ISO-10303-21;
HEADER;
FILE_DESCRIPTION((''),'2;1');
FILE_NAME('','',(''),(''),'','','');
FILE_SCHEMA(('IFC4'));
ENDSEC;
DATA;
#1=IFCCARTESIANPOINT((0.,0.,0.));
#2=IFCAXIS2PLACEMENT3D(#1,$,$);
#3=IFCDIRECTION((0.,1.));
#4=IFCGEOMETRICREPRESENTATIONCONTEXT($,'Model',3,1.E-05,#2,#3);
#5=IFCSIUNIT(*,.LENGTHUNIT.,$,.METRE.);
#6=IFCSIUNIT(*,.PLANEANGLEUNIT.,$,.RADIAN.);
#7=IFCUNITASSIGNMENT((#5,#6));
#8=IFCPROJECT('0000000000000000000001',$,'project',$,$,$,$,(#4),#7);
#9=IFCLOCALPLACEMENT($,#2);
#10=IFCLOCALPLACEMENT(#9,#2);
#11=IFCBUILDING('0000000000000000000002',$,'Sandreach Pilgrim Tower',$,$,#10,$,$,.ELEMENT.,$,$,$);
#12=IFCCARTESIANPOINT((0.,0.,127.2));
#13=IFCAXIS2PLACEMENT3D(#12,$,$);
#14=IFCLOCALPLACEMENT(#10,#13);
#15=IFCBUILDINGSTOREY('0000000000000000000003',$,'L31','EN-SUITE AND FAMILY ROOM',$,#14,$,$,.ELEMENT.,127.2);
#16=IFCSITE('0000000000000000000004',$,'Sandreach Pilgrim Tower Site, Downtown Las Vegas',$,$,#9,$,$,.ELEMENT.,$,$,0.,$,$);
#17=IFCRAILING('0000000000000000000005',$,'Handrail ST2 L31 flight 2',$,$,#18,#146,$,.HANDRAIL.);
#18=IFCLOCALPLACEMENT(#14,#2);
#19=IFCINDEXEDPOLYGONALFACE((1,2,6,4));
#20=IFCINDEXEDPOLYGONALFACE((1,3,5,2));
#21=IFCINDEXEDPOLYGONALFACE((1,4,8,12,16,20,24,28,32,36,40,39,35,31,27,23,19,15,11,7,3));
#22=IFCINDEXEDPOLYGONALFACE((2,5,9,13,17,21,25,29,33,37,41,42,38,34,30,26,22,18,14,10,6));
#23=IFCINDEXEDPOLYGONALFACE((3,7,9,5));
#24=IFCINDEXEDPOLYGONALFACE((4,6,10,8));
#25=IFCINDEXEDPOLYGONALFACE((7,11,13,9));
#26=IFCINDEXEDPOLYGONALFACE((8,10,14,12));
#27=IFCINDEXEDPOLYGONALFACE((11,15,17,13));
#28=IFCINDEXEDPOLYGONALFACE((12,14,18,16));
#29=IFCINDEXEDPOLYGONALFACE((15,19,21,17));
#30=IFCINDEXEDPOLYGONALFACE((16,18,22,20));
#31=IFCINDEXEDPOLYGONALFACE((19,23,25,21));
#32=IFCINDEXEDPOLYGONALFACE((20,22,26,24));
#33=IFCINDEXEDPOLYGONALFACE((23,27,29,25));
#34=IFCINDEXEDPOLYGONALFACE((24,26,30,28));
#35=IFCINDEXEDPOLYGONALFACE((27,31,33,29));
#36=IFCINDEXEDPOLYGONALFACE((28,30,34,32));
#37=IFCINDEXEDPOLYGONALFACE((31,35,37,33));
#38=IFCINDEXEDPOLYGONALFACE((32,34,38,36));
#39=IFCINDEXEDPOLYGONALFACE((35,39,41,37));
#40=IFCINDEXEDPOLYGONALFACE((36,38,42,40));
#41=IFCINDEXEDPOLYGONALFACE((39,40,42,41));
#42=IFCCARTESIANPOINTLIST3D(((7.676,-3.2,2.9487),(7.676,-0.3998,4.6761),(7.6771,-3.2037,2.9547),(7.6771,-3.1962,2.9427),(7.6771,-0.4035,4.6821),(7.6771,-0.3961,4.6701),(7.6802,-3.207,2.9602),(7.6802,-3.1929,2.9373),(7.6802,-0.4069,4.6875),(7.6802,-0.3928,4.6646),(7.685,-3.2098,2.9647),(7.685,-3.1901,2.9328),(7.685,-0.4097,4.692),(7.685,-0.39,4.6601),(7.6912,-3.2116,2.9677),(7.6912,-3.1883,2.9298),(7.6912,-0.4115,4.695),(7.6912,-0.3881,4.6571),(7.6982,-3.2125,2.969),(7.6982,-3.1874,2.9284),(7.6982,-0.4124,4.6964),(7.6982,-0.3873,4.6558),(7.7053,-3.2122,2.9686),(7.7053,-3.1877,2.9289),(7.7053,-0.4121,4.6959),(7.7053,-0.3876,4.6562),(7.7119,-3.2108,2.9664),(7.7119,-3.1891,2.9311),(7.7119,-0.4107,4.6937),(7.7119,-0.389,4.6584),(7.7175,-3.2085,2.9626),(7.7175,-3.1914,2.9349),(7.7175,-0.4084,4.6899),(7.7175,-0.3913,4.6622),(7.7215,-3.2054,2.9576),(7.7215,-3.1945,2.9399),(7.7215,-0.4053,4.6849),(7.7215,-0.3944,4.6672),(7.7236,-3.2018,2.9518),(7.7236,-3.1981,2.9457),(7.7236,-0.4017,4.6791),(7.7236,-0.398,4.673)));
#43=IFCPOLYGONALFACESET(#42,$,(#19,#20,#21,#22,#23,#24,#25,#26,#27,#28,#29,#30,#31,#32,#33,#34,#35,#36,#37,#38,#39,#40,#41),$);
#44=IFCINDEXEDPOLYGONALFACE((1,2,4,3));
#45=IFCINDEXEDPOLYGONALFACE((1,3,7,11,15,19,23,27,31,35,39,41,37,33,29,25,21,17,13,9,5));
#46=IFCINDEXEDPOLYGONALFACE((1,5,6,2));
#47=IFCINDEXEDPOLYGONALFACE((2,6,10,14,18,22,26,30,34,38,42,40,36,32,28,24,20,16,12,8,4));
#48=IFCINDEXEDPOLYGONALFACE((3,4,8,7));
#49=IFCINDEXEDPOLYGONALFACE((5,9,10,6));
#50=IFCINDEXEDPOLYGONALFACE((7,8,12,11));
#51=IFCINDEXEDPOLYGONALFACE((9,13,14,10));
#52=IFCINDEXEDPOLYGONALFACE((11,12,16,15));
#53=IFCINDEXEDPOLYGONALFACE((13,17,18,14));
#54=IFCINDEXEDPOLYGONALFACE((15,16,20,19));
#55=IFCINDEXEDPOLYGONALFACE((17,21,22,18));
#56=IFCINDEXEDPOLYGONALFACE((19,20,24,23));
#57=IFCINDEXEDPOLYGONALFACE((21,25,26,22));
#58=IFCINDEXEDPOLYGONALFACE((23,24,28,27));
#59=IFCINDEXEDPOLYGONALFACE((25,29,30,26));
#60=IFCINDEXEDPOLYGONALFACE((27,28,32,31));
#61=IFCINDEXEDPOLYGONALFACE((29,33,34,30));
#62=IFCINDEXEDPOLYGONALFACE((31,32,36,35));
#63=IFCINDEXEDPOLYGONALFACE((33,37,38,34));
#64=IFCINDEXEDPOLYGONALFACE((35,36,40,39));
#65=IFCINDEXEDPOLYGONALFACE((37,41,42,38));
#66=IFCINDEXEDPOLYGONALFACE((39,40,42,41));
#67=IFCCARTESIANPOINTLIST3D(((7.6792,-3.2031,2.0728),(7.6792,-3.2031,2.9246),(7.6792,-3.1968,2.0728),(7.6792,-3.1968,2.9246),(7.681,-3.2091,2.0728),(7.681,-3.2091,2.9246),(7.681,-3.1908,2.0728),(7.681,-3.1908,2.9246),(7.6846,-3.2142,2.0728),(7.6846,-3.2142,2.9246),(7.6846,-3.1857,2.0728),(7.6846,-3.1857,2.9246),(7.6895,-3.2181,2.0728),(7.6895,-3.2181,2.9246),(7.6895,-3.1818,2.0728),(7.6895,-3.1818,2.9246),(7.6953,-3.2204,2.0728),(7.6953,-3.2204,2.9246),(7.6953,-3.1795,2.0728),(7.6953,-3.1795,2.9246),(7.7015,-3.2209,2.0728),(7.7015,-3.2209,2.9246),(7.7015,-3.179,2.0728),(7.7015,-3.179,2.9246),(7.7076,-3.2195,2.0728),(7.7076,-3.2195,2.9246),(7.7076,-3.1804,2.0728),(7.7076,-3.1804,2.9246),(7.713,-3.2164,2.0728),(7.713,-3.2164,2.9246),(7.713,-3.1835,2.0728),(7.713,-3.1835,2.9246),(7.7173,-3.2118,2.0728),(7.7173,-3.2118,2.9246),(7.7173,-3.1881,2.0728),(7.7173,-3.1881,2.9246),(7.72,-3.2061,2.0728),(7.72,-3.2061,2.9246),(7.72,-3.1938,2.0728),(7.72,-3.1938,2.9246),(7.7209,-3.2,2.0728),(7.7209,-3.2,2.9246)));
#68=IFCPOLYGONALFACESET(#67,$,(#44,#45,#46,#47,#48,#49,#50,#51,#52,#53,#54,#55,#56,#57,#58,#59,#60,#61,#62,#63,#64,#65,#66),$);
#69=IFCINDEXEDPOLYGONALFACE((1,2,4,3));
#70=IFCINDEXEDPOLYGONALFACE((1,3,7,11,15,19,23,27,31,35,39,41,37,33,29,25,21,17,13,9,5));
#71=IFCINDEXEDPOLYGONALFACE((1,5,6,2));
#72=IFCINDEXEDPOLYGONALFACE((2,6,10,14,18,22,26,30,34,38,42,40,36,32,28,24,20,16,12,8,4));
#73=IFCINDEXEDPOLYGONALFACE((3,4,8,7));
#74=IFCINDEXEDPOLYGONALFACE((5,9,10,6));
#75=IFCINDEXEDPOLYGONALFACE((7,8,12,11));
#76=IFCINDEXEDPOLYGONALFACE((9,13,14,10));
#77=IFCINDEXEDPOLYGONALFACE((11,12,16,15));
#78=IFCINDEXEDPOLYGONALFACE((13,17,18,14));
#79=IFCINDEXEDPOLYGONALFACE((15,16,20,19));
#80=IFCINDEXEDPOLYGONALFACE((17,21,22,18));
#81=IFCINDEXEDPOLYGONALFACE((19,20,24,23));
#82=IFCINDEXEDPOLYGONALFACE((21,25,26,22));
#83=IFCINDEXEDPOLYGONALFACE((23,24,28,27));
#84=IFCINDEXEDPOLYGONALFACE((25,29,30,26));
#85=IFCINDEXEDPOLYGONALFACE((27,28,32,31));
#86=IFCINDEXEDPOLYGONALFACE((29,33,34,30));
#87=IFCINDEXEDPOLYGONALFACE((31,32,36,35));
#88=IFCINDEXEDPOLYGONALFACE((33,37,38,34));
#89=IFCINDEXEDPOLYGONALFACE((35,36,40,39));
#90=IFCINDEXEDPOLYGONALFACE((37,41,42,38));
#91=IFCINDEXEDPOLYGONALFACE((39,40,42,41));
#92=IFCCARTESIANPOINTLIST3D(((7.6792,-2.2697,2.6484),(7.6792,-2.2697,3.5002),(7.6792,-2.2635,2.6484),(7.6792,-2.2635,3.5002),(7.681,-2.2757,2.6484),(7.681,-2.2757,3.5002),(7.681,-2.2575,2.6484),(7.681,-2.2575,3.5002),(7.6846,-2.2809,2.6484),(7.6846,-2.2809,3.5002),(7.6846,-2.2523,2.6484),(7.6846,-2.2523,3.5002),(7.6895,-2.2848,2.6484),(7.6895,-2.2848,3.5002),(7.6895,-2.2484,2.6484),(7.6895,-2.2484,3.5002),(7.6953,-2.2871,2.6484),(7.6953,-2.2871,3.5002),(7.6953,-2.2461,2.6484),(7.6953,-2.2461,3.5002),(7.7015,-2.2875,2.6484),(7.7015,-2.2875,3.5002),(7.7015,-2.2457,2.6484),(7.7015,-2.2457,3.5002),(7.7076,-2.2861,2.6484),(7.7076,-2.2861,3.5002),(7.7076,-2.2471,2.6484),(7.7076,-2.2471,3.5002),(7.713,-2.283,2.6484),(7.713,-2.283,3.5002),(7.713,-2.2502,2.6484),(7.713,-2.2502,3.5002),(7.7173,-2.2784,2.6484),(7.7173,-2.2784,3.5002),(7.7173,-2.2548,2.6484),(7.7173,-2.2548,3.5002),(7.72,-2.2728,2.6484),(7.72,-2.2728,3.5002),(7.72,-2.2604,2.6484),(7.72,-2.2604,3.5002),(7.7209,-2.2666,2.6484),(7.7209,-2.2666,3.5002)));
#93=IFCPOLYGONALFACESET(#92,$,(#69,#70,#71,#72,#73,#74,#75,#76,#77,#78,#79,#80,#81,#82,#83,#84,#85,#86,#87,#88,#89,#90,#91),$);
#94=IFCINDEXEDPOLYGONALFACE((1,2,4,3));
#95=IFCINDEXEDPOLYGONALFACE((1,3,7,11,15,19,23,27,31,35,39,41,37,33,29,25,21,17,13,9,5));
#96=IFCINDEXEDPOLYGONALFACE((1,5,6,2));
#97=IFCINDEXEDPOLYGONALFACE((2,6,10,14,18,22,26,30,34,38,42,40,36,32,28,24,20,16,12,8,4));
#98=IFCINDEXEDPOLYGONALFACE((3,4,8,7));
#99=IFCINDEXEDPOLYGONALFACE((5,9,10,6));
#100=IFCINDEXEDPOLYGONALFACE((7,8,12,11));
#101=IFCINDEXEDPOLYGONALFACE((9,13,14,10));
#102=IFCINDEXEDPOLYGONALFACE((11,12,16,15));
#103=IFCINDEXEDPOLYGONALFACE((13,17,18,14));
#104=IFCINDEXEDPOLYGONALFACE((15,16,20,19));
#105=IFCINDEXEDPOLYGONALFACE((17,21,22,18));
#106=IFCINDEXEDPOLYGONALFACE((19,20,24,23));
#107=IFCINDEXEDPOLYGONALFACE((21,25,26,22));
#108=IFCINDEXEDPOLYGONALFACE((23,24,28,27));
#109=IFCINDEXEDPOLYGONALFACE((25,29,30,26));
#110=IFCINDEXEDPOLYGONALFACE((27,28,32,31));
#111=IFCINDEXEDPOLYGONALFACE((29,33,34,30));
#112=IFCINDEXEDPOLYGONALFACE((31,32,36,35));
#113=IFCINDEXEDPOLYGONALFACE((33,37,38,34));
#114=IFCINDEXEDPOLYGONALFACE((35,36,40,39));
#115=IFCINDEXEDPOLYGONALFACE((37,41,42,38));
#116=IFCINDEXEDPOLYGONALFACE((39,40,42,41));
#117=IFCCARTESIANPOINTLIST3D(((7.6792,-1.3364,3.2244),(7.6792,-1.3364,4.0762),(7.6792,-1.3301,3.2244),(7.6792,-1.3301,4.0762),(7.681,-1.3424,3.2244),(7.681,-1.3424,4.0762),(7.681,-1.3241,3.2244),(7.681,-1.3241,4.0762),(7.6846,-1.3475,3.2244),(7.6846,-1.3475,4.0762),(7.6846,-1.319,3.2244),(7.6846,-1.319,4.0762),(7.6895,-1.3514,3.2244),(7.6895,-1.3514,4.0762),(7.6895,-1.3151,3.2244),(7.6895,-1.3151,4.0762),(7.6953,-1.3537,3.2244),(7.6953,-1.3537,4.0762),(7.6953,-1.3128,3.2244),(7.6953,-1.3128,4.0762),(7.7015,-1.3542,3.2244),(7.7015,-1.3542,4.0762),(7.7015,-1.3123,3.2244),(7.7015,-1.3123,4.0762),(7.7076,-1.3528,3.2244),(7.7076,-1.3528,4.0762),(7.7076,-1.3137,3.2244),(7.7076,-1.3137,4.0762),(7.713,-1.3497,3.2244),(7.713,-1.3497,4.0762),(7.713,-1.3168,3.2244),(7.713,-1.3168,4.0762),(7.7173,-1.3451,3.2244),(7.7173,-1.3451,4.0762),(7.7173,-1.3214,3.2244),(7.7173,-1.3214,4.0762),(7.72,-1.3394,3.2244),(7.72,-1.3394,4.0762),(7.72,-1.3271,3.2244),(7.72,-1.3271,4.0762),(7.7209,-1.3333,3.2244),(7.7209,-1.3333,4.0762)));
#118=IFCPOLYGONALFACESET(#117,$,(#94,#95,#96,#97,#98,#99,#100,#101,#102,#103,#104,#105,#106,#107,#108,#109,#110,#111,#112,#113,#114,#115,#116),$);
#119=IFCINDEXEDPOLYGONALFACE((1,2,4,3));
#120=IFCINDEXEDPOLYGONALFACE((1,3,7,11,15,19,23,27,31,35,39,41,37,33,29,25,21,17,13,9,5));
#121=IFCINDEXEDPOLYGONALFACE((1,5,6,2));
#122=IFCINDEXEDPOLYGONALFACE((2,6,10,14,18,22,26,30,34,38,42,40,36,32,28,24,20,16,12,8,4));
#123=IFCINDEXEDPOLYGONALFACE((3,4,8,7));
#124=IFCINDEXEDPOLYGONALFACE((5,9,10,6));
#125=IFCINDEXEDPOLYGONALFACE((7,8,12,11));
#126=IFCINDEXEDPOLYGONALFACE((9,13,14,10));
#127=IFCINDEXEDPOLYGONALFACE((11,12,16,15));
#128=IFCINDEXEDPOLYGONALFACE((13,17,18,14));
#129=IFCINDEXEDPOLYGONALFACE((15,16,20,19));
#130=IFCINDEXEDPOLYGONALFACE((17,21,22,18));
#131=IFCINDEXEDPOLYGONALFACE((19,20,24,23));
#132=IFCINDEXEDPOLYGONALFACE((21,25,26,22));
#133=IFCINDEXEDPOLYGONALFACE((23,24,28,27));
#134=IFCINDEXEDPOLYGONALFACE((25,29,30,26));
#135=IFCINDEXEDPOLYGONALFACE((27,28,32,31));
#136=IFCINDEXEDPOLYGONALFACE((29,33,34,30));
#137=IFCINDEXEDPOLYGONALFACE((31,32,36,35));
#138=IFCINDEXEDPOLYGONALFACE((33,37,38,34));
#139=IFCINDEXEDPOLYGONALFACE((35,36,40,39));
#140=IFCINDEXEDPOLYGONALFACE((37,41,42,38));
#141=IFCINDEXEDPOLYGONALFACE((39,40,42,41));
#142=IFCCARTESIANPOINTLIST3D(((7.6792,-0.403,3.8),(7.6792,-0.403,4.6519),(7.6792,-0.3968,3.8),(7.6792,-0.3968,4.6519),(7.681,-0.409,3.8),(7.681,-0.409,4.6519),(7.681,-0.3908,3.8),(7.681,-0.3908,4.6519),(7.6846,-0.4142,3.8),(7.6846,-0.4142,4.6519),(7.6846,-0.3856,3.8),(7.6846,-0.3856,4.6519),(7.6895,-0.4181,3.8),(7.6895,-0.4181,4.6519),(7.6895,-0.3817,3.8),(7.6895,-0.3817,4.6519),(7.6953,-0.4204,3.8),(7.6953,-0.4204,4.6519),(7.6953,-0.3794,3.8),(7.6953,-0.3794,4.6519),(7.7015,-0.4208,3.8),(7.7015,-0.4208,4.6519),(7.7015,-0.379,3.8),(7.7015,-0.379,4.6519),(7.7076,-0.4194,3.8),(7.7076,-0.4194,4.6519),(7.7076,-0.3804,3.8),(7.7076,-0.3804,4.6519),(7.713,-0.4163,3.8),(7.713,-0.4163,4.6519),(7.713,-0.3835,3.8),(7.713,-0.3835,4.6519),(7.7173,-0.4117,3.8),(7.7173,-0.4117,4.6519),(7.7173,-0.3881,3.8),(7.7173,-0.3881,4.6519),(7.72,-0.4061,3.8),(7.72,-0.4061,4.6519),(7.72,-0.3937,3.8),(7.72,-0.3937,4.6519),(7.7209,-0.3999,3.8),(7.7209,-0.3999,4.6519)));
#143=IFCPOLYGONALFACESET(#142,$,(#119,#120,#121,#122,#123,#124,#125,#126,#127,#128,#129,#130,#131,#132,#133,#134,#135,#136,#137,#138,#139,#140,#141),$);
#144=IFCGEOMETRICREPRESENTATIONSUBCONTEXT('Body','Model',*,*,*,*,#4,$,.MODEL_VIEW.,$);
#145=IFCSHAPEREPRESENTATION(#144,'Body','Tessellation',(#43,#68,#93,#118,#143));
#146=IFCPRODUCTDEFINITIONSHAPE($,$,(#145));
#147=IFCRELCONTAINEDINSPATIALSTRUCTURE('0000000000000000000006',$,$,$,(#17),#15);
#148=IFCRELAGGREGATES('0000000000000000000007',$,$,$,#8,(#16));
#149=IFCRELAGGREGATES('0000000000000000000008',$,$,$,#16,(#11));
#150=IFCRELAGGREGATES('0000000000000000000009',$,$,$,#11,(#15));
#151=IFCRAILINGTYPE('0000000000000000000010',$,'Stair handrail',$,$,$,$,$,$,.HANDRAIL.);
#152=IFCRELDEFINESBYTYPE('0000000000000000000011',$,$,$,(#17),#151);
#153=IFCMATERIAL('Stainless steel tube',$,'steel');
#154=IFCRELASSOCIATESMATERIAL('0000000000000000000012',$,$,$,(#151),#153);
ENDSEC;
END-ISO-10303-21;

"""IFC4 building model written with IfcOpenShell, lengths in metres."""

from ifc_helpers import new_model, si_unit, direction, frame, origin, origin_2d, place, context, subcontext, project, spatial, circle, extrude, material, type_object, element, save


model = new_model("IFC4")

# Units and contexts
model_context = context("Model", 3, precision=1e-05, world=origin(), true_north=direction((0.0, 1.0)))
body_context = subcontext(model_context, "Body", "Model", "MODEL_VIEW")
ifc_project = project(units=[si_unit("LENGTHUNIT", "METRE"), si_unit("PLANEANGLEUNIT", "RADIAN")], contexts=[model_context])

# Site, building, storey
site_placement = place(None, origin())
site = spatial("IfcSite", under=ifc_project, at=site_placement, Name="Sandreach Pilgrim Tower Site, Downtown Las Vegas", CompositionType="ELEMENT", RefElevation=0.0)
building_placement = place(site_placement, origin())
building = spatial("IfcBuilding", under=site, at=building_placement, Name="Sandreach Pilgrim Tower", CompositionType="ELEMENT")
storey_placement = place(building_placement, frame((0.0, 0.0, 127.2)))
storey = spatial("IfcBuildingStorey", under=building, at=storey_placement, Name="L31", Description="EN-SUITE AND FAMILY ROOM", CompositionType="ELEMENT", Elevation=127.2)

# Railing
ifc_material_1 = material(Name="Stainless steel tube", Category="steel")
railing_type = type_object("IfcRailingType", Name="Stair handrail", PredefinedType="HANDRAIL", material=ifc_material_1)
for number, where, name in (
    (1, (7.7, -3.2, 2.0728), "Handrail ST2 L31 flight 2"),
):
    element("IfcRailing", number, at=place(storey_placement, frame(where)), inside=storey, type_object=railing_type, Name=name, PredefinedType="HANDRAIL", context=body_context, shape_type="SweptSolid", body=[
        extrude(circle(Radius=0.0239, at=origin_2d()), frame((0.0, 0.0, 0.876), z_axis=(0.0, 0.85109, 0.52502), x_axis=(-1.0, 0.0, 0.0)), (0.0, 0.0, 1.0), 3.29),
        extrude(circle(Radius=0.021, at=origin_2d()), origin(), (0.0, 0.0, 1.0), 0.8518),
        extrude(circle(Radius=0.021, at=origin_2d()), frame((0.0, 0.9333, 0.5757)), (0.0, 0.0, 1.0), 0.8518),
        extrude(circle(Radius=0.021, at=origin_2d()), frame((0.0, 1.8667, 1.1516)), (0.0, 0.0, 1.0), 0.8518),
        extrude(circle(Radius=0.021, at=origin_2d()), frame((0.0, 2.8, 1.7273)), (0.0, 0.0, 1.0), 0.8518),
    ])

save(model, "model.ifc")
